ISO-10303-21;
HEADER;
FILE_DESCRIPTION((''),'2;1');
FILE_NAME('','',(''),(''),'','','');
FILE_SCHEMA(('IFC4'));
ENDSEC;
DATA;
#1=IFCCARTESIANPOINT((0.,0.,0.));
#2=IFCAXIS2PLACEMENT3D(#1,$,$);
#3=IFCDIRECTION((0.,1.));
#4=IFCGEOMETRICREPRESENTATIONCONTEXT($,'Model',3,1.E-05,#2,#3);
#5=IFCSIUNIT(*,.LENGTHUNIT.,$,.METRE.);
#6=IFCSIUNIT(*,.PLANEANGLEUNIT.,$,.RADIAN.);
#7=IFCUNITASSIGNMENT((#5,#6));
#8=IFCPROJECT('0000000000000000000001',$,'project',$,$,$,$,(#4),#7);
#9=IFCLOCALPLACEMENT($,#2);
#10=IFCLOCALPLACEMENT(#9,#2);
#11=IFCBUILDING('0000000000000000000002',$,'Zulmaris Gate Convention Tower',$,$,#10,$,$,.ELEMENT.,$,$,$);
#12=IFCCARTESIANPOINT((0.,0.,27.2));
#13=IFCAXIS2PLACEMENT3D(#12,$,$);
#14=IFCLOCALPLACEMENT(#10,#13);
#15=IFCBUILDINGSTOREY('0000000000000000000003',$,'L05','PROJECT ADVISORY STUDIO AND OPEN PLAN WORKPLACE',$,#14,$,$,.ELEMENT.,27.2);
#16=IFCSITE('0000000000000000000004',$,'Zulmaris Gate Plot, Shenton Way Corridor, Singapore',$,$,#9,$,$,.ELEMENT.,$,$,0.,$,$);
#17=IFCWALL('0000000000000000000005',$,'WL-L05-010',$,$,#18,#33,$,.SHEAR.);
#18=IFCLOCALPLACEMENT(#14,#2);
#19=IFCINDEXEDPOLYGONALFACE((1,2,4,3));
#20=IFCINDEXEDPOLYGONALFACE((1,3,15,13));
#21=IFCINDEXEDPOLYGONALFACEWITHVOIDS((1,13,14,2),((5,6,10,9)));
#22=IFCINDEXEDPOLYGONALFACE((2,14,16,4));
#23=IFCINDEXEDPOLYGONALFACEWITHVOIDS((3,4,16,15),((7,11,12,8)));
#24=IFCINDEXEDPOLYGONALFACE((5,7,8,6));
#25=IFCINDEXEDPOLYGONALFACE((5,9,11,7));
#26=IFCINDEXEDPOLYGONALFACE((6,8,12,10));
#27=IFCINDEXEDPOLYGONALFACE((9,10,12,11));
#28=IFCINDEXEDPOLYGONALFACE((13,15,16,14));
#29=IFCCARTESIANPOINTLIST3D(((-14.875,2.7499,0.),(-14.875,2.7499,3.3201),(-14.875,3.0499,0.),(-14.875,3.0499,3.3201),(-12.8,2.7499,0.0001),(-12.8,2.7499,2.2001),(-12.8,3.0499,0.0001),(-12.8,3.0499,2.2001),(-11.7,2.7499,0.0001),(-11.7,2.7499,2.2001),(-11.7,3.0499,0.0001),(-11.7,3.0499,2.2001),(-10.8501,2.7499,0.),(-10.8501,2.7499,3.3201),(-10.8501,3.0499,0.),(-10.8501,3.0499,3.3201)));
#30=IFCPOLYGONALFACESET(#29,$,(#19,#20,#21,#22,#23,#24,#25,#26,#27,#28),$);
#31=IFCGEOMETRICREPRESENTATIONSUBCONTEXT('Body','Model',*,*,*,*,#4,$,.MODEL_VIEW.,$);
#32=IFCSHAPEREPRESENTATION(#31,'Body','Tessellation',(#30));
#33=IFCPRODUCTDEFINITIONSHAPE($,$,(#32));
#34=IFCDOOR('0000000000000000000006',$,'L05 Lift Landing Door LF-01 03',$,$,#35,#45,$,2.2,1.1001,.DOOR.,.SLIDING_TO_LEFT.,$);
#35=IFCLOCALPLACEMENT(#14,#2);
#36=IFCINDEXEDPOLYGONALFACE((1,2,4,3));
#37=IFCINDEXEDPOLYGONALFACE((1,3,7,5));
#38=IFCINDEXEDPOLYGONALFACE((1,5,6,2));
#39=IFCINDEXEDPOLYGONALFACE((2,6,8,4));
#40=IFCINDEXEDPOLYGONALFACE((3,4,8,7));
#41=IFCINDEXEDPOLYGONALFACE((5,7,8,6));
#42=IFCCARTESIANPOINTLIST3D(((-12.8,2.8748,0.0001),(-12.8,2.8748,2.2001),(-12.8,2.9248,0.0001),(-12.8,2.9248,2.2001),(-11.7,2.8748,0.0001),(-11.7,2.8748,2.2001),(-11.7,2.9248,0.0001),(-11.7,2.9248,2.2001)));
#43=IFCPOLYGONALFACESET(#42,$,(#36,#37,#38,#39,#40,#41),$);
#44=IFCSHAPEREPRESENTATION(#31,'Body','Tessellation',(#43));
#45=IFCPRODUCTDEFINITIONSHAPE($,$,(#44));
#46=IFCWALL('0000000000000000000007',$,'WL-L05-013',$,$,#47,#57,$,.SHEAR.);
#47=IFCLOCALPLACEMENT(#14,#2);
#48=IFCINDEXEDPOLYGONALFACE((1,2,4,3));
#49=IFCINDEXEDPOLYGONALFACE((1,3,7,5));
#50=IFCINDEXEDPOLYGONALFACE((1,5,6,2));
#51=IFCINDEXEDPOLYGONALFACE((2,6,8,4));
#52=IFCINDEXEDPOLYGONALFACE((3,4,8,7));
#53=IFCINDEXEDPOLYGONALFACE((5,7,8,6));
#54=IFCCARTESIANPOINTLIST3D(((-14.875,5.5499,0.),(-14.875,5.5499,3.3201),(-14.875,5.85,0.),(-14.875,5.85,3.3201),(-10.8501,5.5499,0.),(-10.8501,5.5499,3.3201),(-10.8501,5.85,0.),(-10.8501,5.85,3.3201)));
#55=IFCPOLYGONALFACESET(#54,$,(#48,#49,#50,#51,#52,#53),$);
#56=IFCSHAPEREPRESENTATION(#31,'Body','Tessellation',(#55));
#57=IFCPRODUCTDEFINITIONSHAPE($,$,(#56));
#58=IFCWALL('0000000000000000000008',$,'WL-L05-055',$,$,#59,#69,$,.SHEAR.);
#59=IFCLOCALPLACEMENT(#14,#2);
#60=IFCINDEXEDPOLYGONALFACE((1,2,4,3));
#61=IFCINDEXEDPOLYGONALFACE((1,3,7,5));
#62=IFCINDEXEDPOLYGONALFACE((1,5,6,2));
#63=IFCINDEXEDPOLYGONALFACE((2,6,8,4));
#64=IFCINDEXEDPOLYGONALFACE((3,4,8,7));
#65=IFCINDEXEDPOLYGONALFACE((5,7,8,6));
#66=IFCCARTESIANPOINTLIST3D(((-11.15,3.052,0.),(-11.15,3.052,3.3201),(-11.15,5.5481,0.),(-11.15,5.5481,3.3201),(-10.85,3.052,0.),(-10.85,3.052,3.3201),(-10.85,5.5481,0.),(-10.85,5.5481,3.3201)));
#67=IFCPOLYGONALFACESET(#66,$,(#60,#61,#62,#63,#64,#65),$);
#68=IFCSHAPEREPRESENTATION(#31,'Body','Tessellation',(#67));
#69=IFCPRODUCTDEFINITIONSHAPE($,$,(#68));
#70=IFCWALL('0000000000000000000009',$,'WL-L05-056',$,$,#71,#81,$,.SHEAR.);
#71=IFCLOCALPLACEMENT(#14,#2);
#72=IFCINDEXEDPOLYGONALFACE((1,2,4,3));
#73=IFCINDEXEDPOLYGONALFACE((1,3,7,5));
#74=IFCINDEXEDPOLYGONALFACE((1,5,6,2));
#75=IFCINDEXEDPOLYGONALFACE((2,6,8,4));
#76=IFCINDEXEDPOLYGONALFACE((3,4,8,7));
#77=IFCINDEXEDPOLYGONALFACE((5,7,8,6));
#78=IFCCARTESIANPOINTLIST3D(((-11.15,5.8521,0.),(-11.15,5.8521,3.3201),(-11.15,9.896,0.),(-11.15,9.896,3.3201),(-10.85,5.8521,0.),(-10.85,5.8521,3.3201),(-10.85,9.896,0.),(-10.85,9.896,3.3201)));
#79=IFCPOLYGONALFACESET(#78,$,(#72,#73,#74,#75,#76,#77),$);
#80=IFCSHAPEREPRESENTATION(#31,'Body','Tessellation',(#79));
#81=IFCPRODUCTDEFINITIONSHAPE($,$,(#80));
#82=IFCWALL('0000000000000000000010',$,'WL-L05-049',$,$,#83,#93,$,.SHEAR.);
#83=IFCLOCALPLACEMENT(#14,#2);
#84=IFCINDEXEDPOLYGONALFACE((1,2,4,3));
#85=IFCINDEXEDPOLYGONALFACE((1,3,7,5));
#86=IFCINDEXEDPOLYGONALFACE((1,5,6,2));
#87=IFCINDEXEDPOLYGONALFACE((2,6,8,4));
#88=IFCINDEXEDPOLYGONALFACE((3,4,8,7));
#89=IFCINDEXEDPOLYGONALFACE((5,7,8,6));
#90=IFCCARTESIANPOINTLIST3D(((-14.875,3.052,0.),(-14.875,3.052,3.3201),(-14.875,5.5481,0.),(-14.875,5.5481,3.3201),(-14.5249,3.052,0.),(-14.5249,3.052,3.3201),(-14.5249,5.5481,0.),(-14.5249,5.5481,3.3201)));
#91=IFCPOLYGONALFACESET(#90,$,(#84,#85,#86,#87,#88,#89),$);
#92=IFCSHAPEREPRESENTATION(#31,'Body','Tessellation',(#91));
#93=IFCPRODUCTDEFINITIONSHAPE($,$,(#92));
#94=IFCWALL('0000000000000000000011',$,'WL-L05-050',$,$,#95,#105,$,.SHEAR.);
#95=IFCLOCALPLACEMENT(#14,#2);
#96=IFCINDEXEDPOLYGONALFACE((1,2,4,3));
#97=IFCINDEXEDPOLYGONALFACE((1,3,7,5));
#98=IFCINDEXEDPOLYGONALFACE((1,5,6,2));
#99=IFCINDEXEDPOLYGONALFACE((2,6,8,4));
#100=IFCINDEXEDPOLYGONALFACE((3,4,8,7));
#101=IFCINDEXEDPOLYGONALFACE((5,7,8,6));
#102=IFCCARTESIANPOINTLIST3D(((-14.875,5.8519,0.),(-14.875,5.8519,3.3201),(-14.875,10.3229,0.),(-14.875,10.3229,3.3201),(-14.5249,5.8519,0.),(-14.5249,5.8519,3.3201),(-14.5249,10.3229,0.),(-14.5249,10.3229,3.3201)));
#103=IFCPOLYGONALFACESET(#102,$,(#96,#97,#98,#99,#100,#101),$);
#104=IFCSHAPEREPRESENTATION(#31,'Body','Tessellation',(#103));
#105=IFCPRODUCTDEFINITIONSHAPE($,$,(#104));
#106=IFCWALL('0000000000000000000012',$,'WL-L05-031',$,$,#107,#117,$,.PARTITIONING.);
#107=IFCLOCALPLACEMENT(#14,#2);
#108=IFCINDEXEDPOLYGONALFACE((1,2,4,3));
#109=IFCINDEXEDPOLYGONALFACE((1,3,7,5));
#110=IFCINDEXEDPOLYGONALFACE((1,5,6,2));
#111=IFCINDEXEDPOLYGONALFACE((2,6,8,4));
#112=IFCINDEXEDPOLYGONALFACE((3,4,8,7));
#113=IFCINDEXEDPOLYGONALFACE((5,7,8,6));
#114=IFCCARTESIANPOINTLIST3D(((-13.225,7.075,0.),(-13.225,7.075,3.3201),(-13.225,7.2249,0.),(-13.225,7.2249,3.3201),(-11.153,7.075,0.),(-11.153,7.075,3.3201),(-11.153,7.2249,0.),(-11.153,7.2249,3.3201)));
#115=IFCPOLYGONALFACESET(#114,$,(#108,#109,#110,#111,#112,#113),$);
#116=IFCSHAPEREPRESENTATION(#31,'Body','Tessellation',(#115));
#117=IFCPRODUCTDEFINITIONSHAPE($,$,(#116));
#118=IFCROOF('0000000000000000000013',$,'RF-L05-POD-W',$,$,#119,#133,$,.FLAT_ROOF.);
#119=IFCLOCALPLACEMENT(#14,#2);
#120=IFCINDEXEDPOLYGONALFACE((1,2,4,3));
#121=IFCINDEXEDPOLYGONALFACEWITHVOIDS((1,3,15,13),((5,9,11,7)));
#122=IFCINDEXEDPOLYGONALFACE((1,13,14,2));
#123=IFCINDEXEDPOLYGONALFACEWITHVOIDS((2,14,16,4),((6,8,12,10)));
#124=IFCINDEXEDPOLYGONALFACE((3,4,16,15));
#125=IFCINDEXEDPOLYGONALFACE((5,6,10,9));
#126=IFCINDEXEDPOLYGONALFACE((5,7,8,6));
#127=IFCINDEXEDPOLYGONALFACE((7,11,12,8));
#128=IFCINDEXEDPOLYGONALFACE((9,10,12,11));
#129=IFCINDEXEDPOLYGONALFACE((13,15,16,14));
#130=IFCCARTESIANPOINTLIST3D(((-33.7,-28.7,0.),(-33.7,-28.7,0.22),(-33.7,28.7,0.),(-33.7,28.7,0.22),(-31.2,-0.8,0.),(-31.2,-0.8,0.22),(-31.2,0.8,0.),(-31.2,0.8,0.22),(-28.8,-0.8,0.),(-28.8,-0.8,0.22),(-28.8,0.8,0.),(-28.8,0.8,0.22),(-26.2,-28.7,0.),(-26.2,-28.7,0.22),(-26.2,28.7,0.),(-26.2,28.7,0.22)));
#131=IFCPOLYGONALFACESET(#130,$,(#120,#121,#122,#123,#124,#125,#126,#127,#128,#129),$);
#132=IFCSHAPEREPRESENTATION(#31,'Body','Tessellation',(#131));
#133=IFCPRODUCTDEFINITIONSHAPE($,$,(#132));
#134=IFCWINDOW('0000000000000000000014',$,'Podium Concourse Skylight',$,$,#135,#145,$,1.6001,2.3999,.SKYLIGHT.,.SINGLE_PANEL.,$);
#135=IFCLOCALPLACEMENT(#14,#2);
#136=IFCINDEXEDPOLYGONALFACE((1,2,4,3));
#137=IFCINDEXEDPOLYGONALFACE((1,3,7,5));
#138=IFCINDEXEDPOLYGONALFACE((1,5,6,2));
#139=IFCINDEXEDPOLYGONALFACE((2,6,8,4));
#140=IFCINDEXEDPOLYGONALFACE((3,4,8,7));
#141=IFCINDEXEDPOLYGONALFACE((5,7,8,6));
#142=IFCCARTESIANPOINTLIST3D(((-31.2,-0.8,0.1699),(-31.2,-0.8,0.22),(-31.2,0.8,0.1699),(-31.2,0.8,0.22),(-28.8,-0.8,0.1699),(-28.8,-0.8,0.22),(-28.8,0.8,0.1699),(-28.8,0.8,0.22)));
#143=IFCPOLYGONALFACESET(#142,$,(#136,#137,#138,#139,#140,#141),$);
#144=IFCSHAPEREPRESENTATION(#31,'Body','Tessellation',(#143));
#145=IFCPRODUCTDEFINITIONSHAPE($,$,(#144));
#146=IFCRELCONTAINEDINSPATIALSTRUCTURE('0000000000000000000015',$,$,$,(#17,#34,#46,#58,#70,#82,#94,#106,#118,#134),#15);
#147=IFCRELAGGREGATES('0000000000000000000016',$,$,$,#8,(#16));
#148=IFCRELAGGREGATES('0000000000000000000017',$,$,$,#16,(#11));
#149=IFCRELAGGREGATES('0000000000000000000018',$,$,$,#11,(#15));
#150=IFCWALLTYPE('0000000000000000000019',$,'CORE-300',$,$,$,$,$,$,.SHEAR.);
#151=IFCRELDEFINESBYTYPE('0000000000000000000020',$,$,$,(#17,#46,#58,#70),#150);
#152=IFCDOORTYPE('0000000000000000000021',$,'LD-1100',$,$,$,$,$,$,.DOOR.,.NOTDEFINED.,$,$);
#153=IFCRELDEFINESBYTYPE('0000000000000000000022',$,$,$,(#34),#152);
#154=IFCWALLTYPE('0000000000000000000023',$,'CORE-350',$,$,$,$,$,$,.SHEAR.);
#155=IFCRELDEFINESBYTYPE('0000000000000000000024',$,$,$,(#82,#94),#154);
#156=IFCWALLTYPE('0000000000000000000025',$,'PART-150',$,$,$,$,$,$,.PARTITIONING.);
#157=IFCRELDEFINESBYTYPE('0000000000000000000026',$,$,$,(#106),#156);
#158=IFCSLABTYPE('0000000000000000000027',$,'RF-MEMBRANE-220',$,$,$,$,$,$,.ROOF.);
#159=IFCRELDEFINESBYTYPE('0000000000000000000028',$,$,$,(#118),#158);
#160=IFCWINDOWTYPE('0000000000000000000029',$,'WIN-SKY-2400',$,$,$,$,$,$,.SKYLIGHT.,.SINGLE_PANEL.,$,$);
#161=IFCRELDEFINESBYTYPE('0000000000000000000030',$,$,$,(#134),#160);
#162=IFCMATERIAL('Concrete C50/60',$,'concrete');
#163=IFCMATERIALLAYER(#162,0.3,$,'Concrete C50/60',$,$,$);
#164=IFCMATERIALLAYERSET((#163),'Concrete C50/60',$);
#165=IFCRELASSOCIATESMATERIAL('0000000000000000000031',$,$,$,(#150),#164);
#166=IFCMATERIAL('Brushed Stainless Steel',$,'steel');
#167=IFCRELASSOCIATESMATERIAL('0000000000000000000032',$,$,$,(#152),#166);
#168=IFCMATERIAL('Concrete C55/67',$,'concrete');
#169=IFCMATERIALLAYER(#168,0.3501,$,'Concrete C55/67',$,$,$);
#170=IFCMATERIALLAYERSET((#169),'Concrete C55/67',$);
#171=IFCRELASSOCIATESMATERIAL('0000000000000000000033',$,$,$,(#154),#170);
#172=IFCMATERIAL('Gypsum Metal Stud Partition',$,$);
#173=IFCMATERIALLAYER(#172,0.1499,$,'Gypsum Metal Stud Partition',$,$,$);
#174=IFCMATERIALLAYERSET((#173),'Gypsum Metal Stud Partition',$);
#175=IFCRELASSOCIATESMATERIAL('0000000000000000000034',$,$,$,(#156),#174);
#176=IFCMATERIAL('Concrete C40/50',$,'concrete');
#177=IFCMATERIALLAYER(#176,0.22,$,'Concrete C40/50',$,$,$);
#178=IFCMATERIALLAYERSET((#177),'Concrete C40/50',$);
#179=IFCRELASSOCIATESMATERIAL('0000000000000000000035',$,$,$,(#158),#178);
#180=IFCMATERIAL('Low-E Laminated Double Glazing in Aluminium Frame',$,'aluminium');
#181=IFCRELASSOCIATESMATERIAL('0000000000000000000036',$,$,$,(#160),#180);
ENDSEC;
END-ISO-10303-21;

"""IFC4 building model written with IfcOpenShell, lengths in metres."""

from ifc_helpers import new_model, si_unit, direction, frame, frame_2d, origin, origin_2d, place, context, subcontext, project, spatial, polyline, rectangle, outline, extrude, material, layer, layer_set, type_object, element, fill, save


model = new_model("IFC4")

# Units and contexts
model_context = context("Model", 3, precision=1e-05, world=origin(), true_north=direction((0.0, 1.0)))
body_context = subcontext(model_context, "Body", "Model", "MODEL_VIEW")
ifc_project = project(units=[si_unit("LENGTHUNIT", "METRE"), si_unit("PLANEANGLEUNIT", "RADIAN")], contexts=[model_context])

# Site, building, storey
site_placement = place(None, origin())
site = spatial("IfcSite", under=ifc_project, at=site_placement, Name="Zulmaris Gate Plot, Shenton Way Corridor, Singapore", CompositionType="ELEMENT", RefElevation=0.0)
building_placement = place(site_placement, origin())
building = spatial("IfcBuilding", under=site, at=building_placement, Name="Zulmaris Gate Convention Tower", CompositionType="ELEMENT")
storey_placement = place(building_placement, frame((0.0, 0.0, 27.2)))
storey = spatial("IfcBuildingStorey", under=building, at=storey_placement, Name="L05", Description="PROJECT ADVISORY STUDIO AND OPEN PLAN WORKPLACE", CompositionType="ELEMENT", Elevation=27.2)

# Shared definitions
ifc_material_1 = material(Name="Concrete C50/60", Category="concrete")

# Wall, opening, door
ifc_layer_1 = layer(ifc_material_1, 0.3, Name="Concrete C50/60")
ifc_layer_set_1 = layer_set([ifc_layer_1], Name="Concrete C50/60")
wall_type_1 = type_object("IfcWallType", Name="CORE-300", PredefinedType="SHEAR", material=ifc_layer_set_1)
wall_1_placement = place(storey_placement, frame((-14.875, 2.8999, 0.0), z_axis=(0.0, 0.0, 1.0), x_axis=(1.0, 0.0, 0.0)))
wall_1 = element("IfcWall", 1, at=wall_1_placement, inside=storey, type_object=wall_type_1, Name="WL-L05-010", PredefinedType="SHEAR", context=body_context, shape_type="SweptSolid", body=[
    extrude(rectangle(XDim=4.0249, YDim=0.3, at=frame_2d((2.0125, 0.0))), origin(), (0.0, 0.0, 1.0), 3.3201),
])
opening_1_placement = place(wall_1_placement, frame((2.075, 0.0, 0.0)))
opening_1 = element("IfcOpeningElement", 2, at=opening_1_placement, cuts=wall_1, PredefinedType="OPENING", context=body_context, shape_type="SweptSolid", body=[
    extrude(rectangle(XDim=1.1001, YDim=2.2, at=frame_2d((0.55, 1.1001))), frame((0.0, 0.1602, 0.0), z_axis=(0.0, -1.0, 0.0), x_axis=(1.0, 0.0, 0.0)), (0.0, 0.0, 1.0), 0.3201),
])
ifc_material_2 = material(Name="Brushed Stainless Steel", Category="steel")
door_type_1 = type_object("IfcDoorType", Name="LD-1100", OperationType="NOTDEFINED", PredefinedType="DOOR", material=ifc_material_2)
door_1_placement = place(opening_1_placement, origin())
door_1 = element("IfcDoor", 3, at=door_1_placement, inside=storey, type_object=door_type_1, Name="L05 Lift Landing Door LF-01 03", OperationType="SLIDING_TO_LEFT", OverallHeight=2.2, OverallWidth=1.1001, PredefinedType="DOOR", context=body_context, shape_type="SweptSolid", body=[
    extrude(rectangle(XDim=1.1001, YDim=2.2, at=frame_2d((0.55, 1.1001))), frame((0.0, 0.0249, 0.0), z_axis=(0.0, -1.0, 0.0), x_axis=(1.0, 0.0, 0.0)), (0.0, 0.0, 1.0), 0.05),
])
fill(opening_1, door_1)

# Wall
wall_2_placement = place(storey_placement, frame((-14.875, 5.7, 0.0), z_axis=(0.0, 0.0, 1.0), x_axis=(1.0, 0.0, 0.0)))
element("IfcWall", 4, at=wall_2_placement, inside=storey, type_object=wall_type_1, Name="WL-L05-013", PredefinedType="SHEAR", context=body_context, shape_type="SweptSolid", body=[
    extrude(rectangle(XDim=4.0249, YDim=0.3, at=frame_2d((2.0125, 0.0))), origin(), (0.0, 0.0, 1.0), 3.3201),
])

# Walls
wall_3_placement = place(storey_placement, frame((-11.0, 3.052, 0.0), z_axis=(0.0, 0.0, 1.0), x_axis=(0.0, 1.0, 0.0)))
element("IfcWall", 5, at=wall_3_placement, inside=storey, type_object=wall_type_1, Name="WL-L05-055", PredefinedType="SHEAR", context=body_context, shape_type="SweptSolid", body=[
    extrude(rectangle(XDim=2.4961, YDim=0.3, at=frame_2d((1.248, 0.0))), origin(), (0.0, 0.0, 1.0), 3.3201),
])
wall_4_placement = place(storey_placement, frame((-11.0, 5.8521, 0.0), z_axis=(0.0, 0.0, 1.0), x_axis=(0.0, 1.0, 0.0)))
element("IfcWall", 6, at=wall_4_placement, inside=storey, type_object=wall_type_1, Name="WL-L05-056", PredefinedType="SHEAR", context=body_context, shape_type="SweptSolid", body=[
    extrude(rectangle(XDim=4.0439, YDim=0.3, at=frame_2d((2.022, 0.0))), origin(), (0.0, 0.0, 1.0), 3.3201),
])
ifc_material_3 = material(Name="Concrete C55/67", Category="concrete")
ifc_layer_2 = layer(ifc_material_3, 0.3501, Name="Concrete C55/67")
ifc_layer_set_2 = layer_set([ifc_layer_2], Name="Concrete C55/67")
wall_type_2 = type_object("IfcWallType", Name="CORE-350", PredefinedType="SHEAR", material=ifc_layer_set_2)
wall_5_placement = place(storey_placement, frame((-14.7, 3.052, 0.0), z_axis=(0.0, 0.0, 1.0), x_axis=(0.0, 1.0, 0.0)))
element("IfcWall", 7, at=wall_5_placement, inside=storey, type_object=wall_type_2, Name="WL-L05-049", PredefinedType="SHEAR", context=body_context, shape_type="SweptSolid", body=[
    extrude(rectangle(XDim=2.4961, YDim=0.3501, at=frame_2d((1.248, 0.0))), origin(), (0.0, 0.0, 1.0), 3.3201),
])
wall_6_placement = place(storey_placement, frame((-14.7, 5.8521, 0.0), z_axis=(0.0, 0.0, 1.0), x_axis=(0.0, 1.0, 0.0)))
element("IfcWall", 8, at=wall_6_placement, inside=storey, type_object=wall_type_2, Name="WL-L05-050", PredefinedType="SHEAR", context=body_context, shape_type="SweptSolid", body=[
    extrude(rectangle(XDim=4.4709, YDim=0.3501, at=frame_2d((2.2354, 0.0))), origin(), (0.0, 0.0, 1.0), 3.3201),
])
ifc_material_4 = material(Name="Gypsum Metal Stud Partition")
ifc_layer_3 = layer(ifc_material_4, 0.1499, Name="Gypsum Metal Stud Partition")
ifc_layer_set_3 = layer_set([ifc_layer_3], Name="Gypsum Metal Stud Partition")
wall_type_3 = type_object("IfcWallType", Name="PART-150", PredefinedType="PARTITIONING", material=ifc_layer_set_3)
wall_7_placement = place(storey_placement, frame((-13.2251, 7.1499, 0.0), z_axis=(0.0, 0.0, 1.0), x_axis=(1.0, 0.0, 0.0)))
element("IfcWall", 9, at=wall_7_placement, inside=storey, type_object=wall_type_3, Name="WL-L05-031", PredefinedType="PARTITIONING", context=body_context, shape_type="SweptSolid", body=[
    extrude(rectangle(XDim=2.072, YDim=0.1499, at=frame_2d((1.0361, 0.0))), origin(), (0.0, 0.0, 1.0), 3.3201),
])

# Roof, opening, window
ifc_material_5 = material(Name="Concrete C40/50", Category="concrete")
ifc_layer_4 = layer(ifc_material_5, 0.22, Name="Concrete C40/50")
ifc_layer_set_4 = layer_set([ifc_layer_4], Name="Concrete C40/50")
slab_type_1 = type_object("IfcSlabType", Name="RF-MEMBRANE-220", PredefinedType="ROOF", material=ifc_layer_set_4)
roof_placement = place(storey_placement, origin())
roof = element("IfcRoof", 10, at=roof_placement, inside=storey, type_object=slab_type_1, Name="RF-L05-POD-W", PredefinedType="FLAT_ROOF", context=body_context, shape_type="SweptSolid", body=[
    extrude(outline(polyline([(-33.7, -28.7), (-26.2, -28.7), (-26.2, 28.7), (-33.7, 28.7), (-33.7, -28.7)])), origin(), (0.0, 0.0, 1.0), 0.22),
])
opening_2_placement = place(roof_placement, frame((-30.0, 0.0, 0.0)))
opening_2 = element("IfcOpeningElement", 11, at=opening_2_placement, cuts=roof, PredefinedType="OPENING", context=body_context, shape_type="SweptSolid", body=[
    extrude(rectangle(XDim=2.3999, YDim=1.6001, at=origin_2d()), frame((0.0, 0.0, -0.01)), (0.0, 0.0, 1.0), 0.24),
])
ifc_material_6 = material(Name="Low-E Laminated Double Glazing in Aluminium Frame", Category="aluminium")
window_type = type_object("IfcWindowType", Name="WIN-SKY-2400", PartitioningType="SINGLE_PANEL", PredefinedType="SKYLIGHT", material=ifc_material_6)
window_placement = place(opening_2_placement, frame((0.0, 0.0, 0.1699)))
window = element("IfcWindow", 12, at=window_placement, inside=storey, type_object=window_type, Name="Podium Concourse Skylight", OverallHeight=1.6001, OverallWidth=2.3999, PartitioningType="SINGLE_PANEL", PredefinedType="SKYLIGHT", context=body_context, shape_type="SweptSolid", body=[
    extrude(rectangle(XDim=2.3999, YDim=1.6001, at=origin_2d()), origin(), (0.0, 0.0, 1.0), 0.05),
])
fill(opening_2, window)

save(model, "model.ifc")
